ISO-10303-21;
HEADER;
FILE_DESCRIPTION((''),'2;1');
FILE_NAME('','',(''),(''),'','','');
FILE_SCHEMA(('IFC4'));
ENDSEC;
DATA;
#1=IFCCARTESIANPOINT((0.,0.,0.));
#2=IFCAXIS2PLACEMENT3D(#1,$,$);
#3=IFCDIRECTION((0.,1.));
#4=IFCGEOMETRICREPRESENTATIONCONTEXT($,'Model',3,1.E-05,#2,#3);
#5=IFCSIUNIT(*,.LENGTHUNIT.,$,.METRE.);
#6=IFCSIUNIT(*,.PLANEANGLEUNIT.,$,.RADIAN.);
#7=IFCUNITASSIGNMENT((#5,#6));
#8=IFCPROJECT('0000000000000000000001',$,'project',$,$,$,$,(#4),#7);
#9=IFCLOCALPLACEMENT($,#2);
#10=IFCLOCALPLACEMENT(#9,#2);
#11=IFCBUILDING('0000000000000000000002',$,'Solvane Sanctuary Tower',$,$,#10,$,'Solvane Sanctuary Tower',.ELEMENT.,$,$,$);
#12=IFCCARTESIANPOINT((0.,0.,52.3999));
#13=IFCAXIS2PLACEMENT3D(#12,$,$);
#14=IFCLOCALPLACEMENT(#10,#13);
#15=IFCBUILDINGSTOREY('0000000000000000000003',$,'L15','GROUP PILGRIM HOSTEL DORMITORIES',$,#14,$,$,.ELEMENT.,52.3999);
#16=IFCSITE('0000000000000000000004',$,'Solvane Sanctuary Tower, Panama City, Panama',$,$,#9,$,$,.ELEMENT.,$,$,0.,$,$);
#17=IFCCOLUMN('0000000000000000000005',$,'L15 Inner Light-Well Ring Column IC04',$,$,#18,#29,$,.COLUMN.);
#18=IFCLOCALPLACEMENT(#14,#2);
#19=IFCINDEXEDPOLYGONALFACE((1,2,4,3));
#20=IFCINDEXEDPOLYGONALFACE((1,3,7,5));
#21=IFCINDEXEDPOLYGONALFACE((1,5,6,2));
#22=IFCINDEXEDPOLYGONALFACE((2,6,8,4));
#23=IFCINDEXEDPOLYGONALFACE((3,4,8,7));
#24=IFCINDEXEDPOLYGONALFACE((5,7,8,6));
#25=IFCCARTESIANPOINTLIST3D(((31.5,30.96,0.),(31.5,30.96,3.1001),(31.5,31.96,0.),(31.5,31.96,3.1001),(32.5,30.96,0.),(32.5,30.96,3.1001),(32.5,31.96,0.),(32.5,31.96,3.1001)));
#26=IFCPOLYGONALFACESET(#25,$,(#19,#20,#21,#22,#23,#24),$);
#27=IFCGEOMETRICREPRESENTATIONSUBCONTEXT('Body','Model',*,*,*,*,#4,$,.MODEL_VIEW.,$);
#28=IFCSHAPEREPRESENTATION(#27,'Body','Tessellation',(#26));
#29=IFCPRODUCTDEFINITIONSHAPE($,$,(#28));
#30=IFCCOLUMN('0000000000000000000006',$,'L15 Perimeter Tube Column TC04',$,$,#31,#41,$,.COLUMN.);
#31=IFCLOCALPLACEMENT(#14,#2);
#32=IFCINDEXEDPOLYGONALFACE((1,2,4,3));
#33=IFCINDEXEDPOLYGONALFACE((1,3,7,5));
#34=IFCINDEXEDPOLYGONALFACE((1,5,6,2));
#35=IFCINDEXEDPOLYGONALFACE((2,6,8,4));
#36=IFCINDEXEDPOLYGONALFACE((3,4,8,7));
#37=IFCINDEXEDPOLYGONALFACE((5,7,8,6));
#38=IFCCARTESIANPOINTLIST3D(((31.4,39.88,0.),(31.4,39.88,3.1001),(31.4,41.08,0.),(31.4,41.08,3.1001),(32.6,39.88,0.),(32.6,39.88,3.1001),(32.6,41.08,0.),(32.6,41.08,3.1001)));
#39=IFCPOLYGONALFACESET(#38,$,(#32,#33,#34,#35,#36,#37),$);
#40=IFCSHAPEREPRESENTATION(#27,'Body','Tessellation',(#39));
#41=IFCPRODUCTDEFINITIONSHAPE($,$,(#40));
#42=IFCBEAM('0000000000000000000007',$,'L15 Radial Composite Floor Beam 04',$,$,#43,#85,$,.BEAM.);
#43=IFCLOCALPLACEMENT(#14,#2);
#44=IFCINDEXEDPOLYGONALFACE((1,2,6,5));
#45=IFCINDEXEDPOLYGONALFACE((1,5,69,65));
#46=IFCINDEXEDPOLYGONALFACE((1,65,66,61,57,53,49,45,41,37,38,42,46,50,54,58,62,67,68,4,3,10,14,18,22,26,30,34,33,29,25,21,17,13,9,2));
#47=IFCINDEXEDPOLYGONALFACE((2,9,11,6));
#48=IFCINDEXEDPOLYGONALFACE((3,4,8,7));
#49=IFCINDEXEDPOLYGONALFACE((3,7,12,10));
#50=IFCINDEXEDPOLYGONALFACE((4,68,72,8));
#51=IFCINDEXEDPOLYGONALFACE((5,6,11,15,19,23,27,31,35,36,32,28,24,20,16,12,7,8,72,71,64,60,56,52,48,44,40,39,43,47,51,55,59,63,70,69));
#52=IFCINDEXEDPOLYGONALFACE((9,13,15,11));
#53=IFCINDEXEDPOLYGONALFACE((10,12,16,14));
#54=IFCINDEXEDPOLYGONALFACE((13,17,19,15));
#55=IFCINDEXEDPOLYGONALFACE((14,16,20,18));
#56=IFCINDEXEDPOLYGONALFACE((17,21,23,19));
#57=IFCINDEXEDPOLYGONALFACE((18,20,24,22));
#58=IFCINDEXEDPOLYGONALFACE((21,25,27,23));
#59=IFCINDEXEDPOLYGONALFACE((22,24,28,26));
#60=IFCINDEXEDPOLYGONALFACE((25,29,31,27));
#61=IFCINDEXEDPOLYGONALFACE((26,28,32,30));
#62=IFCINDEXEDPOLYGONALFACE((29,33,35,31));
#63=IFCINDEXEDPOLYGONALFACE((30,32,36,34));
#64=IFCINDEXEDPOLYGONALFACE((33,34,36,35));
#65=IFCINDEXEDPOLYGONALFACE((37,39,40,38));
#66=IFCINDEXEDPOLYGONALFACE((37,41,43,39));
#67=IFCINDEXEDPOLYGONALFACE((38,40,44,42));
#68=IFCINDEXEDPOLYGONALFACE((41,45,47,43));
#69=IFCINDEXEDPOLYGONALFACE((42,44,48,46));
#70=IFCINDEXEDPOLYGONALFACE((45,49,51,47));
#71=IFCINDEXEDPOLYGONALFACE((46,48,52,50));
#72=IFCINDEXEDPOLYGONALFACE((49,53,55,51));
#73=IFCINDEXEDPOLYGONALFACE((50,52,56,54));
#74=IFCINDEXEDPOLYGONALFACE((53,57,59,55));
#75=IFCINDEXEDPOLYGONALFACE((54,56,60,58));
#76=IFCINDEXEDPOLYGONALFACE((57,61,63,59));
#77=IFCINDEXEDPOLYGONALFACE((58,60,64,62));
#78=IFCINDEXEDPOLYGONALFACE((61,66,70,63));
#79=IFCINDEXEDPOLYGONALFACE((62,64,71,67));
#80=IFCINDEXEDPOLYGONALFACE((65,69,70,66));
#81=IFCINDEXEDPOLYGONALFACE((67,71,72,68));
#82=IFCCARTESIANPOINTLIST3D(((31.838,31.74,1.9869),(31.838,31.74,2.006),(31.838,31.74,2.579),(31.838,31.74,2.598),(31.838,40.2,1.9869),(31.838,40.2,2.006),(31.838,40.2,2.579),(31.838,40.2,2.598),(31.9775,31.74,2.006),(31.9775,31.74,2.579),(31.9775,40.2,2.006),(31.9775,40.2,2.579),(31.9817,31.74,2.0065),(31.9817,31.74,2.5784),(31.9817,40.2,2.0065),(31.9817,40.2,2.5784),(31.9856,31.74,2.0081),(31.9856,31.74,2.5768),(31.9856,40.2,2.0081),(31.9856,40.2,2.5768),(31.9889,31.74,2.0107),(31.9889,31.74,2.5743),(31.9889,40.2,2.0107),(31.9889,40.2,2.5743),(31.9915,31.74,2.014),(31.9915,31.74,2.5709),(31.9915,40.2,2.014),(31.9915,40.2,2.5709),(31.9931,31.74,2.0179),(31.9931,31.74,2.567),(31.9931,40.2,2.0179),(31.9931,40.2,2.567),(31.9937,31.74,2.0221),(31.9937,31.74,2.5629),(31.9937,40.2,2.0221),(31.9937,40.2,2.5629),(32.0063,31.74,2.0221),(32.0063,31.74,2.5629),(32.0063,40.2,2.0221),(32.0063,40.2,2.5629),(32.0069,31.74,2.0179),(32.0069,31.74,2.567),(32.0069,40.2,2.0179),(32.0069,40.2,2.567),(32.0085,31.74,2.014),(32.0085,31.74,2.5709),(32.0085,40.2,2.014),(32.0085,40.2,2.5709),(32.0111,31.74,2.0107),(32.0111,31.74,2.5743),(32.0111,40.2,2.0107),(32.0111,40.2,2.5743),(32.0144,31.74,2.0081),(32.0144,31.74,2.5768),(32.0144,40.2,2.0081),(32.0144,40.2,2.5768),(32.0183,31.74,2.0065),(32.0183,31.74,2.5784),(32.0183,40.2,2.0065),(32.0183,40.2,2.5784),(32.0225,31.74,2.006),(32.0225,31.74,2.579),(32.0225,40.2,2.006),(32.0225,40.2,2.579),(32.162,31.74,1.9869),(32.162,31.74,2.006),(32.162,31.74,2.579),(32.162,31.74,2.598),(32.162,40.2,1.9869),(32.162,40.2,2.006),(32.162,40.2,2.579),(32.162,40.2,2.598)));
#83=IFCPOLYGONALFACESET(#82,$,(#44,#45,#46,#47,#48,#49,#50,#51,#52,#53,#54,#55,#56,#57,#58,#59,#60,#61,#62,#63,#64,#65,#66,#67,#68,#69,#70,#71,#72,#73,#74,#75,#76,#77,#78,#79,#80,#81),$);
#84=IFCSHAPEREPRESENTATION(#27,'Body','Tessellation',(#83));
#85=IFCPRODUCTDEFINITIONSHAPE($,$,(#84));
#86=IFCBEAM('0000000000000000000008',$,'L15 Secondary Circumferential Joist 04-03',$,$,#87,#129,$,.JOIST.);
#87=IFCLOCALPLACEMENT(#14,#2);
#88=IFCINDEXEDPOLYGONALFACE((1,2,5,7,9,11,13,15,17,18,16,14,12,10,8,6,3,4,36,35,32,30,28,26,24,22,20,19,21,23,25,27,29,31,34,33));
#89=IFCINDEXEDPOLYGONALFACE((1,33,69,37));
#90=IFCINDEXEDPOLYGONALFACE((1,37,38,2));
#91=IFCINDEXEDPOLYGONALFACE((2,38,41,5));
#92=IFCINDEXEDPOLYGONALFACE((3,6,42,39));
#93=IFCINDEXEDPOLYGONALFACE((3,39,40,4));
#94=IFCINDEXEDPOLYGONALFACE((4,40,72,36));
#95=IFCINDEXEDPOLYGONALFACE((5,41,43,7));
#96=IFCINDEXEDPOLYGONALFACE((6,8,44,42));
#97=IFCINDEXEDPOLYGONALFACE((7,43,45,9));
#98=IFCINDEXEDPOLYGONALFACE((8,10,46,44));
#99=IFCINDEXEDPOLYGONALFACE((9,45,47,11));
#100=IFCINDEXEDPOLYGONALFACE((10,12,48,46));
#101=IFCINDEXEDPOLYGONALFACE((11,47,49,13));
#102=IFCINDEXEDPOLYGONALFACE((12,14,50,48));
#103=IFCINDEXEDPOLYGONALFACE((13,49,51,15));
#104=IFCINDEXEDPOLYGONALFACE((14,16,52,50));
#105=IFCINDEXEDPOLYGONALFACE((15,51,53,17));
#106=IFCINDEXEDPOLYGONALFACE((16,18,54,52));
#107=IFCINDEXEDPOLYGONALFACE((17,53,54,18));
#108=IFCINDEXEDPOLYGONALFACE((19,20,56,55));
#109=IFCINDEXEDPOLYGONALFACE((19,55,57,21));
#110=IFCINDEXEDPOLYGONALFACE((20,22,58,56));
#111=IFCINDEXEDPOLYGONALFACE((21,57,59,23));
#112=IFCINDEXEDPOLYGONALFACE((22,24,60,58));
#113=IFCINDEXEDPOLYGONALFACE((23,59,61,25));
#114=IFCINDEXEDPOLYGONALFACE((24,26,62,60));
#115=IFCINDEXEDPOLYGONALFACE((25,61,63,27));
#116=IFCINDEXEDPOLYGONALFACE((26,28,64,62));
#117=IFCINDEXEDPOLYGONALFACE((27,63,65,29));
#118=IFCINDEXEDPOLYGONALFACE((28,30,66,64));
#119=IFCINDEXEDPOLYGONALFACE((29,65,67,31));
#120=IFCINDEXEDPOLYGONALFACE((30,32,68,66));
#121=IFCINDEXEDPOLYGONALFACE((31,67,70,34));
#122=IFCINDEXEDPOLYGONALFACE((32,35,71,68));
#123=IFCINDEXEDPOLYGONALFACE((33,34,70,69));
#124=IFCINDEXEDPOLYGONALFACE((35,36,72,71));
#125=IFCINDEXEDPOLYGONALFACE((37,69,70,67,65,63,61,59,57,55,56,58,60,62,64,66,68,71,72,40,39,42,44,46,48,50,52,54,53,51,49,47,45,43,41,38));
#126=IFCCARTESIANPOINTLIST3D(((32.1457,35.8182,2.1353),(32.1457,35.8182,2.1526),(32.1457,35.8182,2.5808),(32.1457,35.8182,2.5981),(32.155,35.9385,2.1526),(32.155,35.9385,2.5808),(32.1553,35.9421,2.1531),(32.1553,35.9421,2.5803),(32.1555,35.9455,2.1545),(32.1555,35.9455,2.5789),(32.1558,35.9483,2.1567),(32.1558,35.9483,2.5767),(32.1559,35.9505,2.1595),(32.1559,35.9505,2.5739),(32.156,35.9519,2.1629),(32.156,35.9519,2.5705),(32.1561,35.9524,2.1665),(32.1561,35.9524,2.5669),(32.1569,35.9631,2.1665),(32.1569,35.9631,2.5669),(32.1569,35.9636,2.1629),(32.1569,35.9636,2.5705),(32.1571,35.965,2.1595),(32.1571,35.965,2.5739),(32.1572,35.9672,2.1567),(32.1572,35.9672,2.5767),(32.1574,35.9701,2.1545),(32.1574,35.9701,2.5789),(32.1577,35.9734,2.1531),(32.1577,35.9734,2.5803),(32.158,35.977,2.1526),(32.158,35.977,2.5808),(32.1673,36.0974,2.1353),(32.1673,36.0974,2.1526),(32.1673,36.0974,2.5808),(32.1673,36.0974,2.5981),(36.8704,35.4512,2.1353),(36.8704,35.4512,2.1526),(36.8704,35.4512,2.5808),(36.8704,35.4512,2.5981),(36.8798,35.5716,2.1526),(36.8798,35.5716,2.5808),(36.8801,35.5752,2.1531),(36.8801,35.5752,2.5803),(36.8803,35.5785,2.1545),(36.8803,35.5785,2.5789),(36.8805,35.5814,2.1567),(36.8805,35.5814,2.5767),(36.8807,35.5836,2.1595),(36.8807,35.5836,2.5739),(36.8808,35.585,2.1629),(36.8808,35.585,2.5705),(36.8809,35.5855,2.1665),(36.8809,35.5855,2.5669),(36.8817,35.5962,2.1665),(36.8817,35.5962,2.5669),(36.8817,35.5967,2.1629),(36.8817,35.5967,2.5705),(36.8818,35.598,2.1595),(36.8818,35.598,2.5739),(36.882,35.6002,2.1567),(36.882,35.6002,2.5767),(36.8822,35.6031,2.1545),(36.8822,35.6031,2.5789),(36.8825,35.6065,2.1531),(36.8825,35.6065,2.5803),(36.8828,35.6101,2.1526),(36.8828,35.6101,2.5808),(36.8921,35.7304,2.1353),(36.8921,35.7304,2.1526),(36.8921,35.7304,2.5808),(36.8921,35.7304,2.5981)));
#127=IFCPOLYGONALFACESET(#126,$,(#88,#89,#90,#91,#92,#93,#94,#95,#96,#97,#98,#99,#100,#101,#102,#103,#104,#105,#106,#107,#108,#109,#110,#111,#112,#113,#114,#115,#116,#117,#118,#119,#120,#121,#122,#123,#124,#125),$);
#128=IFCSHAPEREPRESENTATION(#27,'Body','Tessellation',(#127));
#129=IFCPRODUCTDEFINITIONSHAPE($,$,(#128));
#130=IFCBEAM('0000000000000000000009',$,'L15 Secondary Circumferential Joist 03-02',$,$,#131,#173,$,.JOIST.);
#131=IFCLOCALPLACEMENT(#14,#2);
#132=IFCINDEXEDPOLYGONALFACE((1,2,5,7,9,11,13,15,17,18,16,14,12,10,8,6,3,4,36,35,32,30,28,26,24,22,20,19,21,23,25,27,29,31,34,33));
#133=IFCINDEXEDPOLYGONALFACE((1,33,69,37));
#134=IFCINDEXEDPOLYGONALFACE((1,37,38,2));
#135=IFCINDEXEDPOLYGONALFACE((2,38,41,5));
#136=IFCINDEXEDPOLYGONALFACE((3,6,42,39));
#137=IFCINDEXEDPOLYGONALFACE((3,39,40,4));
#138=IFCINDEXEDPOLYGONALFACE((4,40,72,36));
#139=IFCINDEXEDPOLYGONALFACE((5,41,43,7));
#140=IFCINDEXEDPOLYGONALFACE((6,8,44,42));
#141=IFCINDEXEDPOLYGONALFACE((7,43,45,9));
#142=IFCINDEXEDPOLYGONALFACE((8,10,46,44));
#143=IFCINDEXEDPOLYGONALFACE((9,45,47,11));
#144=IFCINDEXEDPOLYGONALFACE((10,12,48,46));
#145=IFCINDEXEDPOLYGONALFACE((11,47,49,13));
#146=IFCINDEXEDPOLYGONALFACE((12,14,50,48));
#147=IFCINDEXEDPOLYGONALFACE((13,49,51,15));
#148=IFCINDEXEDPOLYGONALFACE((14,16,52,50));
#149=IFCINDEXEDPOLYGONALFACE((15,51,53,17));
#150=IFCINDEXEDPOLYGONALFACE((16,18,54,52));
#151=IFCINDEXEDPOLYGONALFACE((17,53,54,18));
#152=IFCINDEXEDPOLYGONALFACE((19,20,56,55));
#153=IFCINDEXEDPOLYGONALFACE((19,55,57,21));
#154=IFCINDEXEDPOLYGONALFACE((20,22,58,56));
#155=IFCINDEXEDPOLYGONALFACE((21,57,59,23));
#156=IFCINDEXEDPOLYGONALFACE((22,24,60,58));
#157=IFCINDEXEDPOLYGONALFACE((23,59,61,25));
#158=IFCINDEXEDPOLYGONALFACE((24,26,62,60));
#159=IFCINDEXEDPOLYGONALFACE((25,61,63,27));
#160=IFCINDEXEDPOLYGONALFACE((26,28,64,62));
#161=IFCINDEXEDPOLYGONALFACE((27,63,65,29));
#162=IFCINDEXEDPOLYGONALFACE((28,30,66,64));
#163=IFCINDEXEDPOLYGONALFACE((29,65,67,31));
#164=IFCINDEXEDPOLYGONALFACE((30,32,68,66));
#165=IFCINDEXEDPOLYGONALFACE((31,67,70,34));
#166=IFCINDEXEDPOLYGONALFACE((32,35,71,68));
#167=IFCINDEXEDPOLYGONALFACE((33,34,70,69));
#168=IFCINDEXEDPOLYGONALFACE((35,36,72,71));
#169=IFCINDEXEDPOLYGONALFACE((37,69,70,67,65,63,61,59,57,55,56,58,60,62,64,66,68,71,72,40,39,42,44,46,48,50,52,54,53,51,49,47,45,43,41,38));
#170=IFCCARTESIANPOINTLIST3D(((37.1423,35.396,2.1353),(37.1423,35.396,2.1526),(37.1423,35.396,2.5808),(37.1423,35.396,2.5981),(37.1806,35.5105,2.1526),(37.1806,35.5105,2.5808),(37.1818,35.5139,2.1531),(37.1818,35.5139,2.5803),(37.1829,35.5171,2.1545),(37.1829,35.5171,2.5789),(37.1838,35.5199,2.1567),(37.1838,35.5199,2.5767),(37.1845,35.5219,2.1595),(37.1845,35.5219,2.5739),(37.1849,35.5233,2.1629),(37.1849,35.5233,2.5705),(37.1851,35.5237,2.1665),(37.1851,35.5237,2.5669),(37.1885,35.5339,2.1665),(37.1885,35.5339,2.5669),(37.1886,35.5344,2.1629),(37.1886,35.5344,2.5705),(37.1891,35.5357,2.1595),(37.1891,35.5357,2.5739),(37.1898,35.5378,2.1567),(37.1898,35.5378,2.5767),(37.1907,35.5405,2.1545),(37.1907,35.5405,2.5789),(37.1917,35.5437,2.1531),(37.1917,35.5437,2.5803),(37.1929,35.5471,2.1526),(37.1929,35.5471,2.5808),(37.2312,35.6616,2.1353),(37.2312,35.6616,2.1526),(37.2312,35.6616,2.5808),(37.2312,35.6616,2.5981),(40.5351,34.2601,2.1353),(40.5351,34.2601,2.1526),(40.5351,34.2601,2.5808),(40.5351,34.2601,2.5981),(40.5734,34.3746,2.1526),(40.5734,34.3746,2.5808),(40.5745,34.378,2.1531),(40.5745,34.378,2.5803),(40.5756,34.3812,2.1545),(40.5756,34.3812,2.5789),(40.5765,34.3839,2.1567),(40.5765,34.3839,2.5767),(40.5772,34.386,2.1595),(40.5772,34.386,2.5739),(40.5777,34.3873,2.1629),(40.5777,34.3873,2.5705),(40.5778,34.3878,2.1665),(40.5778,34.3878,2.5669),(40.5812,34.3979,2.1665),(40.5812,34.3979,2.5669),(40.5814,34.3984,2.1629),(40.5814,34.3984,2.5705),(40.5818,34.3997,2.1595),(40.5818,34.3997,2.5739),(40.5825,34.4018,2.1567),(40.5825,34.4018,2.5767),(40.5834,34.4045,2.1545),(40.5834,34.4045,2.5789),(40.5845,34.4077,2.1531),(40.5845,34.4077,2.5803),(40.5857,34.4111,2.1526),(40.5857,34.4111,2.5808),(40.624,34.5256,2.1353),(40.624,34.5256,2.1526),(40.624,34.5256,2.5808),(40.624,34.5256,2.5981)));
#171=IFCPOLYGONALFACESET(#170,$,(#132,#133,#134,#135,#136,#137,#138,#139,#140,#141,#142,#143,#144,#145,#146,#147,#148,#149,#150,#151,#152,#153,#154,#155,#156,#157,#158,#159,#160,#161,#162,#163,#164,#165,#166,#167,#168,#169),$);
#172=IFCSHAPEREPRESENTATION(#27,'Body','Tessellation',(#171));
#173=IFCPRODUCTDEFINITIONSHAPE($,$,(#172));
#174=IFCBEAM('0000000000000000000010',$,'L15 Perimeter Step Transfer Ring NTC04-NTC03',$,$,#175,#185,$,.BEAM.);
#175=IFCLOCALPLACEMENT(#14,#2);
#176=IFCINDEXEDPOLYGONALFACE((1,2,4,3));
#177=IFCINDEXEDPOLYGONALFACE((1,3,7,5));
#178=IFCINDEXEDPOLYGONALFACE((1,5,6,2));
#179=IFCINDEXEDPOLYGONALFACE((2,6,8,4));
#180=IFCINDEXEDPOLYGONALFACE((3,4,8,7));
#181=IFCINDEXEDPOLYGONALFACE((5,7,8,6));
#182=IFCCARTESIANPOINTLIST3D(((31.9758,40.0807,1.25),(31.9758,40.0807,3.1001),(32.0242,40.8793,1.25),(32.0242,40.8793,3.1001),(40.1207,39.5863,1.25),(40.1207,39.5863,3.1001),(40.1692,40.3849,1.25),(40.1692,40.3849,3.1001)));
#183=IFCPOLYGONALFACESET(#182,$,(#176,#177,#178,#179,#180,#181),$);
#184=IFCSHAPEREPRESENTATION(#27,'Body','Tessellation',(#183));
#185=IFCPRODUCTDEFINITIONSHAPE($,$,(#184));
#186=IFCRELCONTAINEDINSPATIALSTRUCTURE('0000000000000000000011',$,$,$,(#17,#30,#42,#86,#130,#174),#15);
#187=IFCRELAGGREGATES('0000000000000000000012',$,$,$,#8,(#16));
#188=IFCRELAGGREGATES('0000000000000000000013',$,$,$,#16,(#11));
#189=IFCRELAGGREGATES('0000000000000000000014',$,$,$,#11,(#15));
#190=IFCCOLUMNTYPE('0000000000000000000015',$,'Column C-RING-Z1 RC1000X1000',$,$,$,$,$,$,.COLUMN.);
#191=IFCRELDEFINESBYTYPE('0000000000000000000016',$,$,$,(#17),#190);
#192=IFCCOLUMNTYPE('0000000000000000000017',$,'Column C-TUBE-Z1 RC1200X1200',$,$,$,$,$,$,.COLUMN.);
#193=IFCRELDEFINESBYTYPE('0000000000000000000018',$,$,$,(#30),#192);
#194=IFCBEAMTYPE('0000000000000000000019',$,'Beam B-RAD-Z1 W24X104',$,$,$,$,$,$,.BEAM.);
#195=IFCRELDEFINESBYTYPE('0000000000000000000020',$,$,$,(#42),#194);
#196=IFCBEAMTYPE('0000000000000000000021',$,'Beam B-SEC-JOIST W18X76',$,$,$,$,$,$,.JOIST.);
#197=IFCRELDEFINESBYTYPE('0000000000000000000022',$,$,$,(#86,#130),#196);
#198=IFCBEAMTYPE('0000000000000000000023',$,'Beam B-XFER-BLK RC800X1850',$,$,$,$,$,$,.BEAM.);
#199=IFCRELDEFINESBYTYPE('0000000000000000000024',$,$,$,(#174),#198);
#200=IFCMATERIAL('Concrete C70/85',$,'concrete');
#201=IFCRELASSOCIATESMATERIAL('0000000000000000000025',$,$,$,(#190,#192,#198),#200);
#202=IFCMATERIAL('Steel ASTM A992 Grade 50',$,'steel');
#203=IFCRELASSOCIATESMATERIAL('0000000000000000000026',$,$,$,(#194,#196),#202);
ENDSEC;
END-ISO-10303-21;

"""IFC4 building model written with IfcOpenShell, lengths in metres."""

from ifc_helpers import new_model, si_unit, direction, frame, origin, origin_2d, place, context, subcontext, project, spatial, rectangle, i_section, extrude, material, material_profile, profile_set, type_object, element, save


model = new_model("IFC4")

# Units and contexts
model_context = context("Model", 3, precision=1e-05, world=origin(), true_north=direction((0.0, 1.0)))
body_context = subcontext(model_context, "Body", "Model", "MODEL_VIEW")
ifc_project = project(units=[si_unit("LENGTHUNIT", "METRE"), si_unit("PLANEANGLEUNIT", "RADIAN")], contexts=[model_context])

# Site, building, storey
site_placement = place(None, origin())
site = spatial("IfcSite", under=ifc_project, at=site_placement, Name="Solvane Sanctuary Tower, Panama City, Panama", CompositionType="ELEMENT", RefElevation=0.0)
building_placement = place(site_placement, origin())
building = spatial("IfcBuilding", under=site, at=building_placement, Name="Solvane Sanctuary Tower", LongName="Solvane Sanctuary Tower", CompositionType="ELEMENT")
storey_placement = place(building_placement, frame((0.0, 0.0, 52.3999)))
storey = spatial("IfcBuildingStorey", under=building, at=storey_placement, Name="L15", Description="GROUP PILGRIM HOSTEL DORMITORIES", CompositionType="ELEMENT", Elevation=52.3999)

# Columns
ifc_material_1 = material(Name="Concrete C70/85", Category="concrete")
ifc_material_profile_1 = material_profile(ifc_material_1, rectangle(XDim=1.0, YDim=1.0, at=origin_2d()), Name="RC1000X1000")
ifc_profile_set_1 = profile_set([ifc_material_profile_1], Name="Concrete C70/85")
column_type_1 = type_object("IfcColumnType", Name="Column C-RING-Z1 RC1000X1000", PredefinedType="COLUMN", material=ifc_profile_set_1)
column_1_placement = place(storey_placement, frame((32.0, 31.46, 0.0), z_axis=(0.0, 0.0, 1.0), x_axis=(1.0, 0.0, 0.0)))
element("IfcColumn", 1, at=column_1_placement, inside=storey, type_object=column_type_1, Name="L15 Inner Light-Well Ring Column IC04", PredefinedType="COLUMN", context=body_context, shape_type="SweptSolid", body=[
    extrude(rectangle(XDim=1.0, YDim=1.0, at=origin_2d()), origin(), (0.0, 0.0, 1.0), 3.1001),
])
ifc_material_profile_2 = material_profile(ifc_material_1, rectangle(XDim=1.2, YDim=1.2, at=origin_2d()), Name="RC1200X1200")
ifc_profile_set_2 = profile_set([ifc_material_profile_2], Name="Concrete C70/85")
column_type_2 = type_object("IfcColumnType", Name="Column C-TUBE-Z1 RC1200X1200", PredefinedType="COLUMN", material=ifc_profile_set_2)
column_2_placement = place(storey_placement, frame((32.0, 40.48, 0.0), z_axis=(0.0, 0.0, 1.0), x_axis=(0.0, 1.0, 0.0)))
element("IfcColumn", 2, at=column_2_placement, inside=storey, type_object=column_type_2, Name="L15 Perimeter Tube Column TC04", PredefinedType="COLUMN", context=body_context, shape_type="SweptSolid", body=[
    extrude(rectangle(XDim=1.2, YDim=1.2, at=origin_2d()), origin(), (0.0, 0.0, 1.0), 3.1001),
])

# Beams
ifc_material_2 = material(Name="Steel ASTM A992 Grade 50", Category="steel")
ifc_material_profile_3 = material_profile(ifc_material_2, i_section(OverallWidth=0.324, OverallDepth=0.6111, WebThickness=0.0127, FlangeThickness=0.019, FilletRadius=0.0161, at=origin_2d()), Name="W24X104")
ifc_profile_set_3 = profile_set([ifc_material_profile_3], Name="Steel ASTM A992 Grade 50")
beam_type_1 = type_object("IfcBeamType", Name="Beam B-RAD-Z1 W24X104", PredefinedType="BEAM", material=ifc_profile_set_3)
beam_1_placement = place(storey_placement, frame((32.0, 31.74, 2.2925), z_axis=(0.0, 1.0, 0.0), x_axis=(-1.0, 0.0, 0.0)))
element("IfcBeam", 3, at=beam_1_placement, inside=storey, type_object=beam_type_1, Name="L15 Radial Composite Floor Beam 04", PredefinedType="BEAM", context=body_context, shape_type="SweptSolid", body=[
    extrude(i_section(OverallWidth=0.324, OverallDepth=0.6111, WebThickness=0.0127, FlangeThickness=0.019, FilletRadius=0.0161, at=origin_2d()), origin(), (0.0, 0.0, 1.0), 8.46),
])
ifc_material_profile_4 = material_profile(ifc_material_2, i_section(OverallWidth=0.28, OverallDepth=0.4629, WebThickness=0.0107, FlangeThickness=0.0173, FilletRadius=0.0139, at=origin_2d()), Name="W18X76")
ifc_profile_set_4 = profile_set([ifc_material_profile_4], Name="Steel ASTM A992 Grade 50")
beam_type_2 = type_object("IfcBeamType", Name="Beam B-SEC-JOIST W18X76", PredefinedType="JOIST", material=ifc_profile_set_4)
beam_2_placement = place(storey_placement, frame((32.1565, 35.9578, 2.3667), z_axis=(0.996998, -0.077429, 0.0), x_axis=(0.077429, 0.996998, 0.0)))
element("IfcBeam", 4, at=beam_2_placement, inside=storey, type_object=beam_type_2, Name="L15 Secondary Circumferential Joist 04-03", PredefinedType="JOIST", context=body_context, shape_type="SweptSolid", body=[
    extrude(i_section(OverallWidth=0.28, OverallDepth=0.4629, WebThickness=0.0107, FlangeThickness=0.0173, FilletRadius=0.0139, at=origin_2d()), origin(), (0.0, 0.0, 1.0), 4.739),
])
beam_3_placement = place(storey_placement, frame((37.1868, 35.5288, 2.3667), z_axis=(0.948259, -0.317497, 0.0), x_axis=(0.317497, 0.948259, 0.0)))
element("IfcBeam", 5, at=beam_3_placement, inside=storey, type_object=beam_type_2, Name="L15 Secondary Circumferential Joist 03-02", PredefinedType="JOIST", context=body_context, shape_type="SweptSolid", body=[
    extrude(i_section(OverallWidth=0.28, OverallDepth=0.4629, WebThickness=0.0107, FlangeThickness=0.0173, FilletRadius=0.0139, at=origin_2d()), origin(), (0.0, 0.0, 1.0), 3.5779),
])
ifc_material_profile_5 = material_profile(ifc_material_1, rectangle(XDim=0.8, YDim=1.8501, at=origin_2d()), Name="RC800X1850")
ifc_profile_set_5 = profile_set([ifc_material_profile_5], Name="Concrete C70/85")
beam_type_3 = type_object("IfcBeamType", Name="Beam B-XFER-BLK RC800X1850", PredefinedType="BEAM", material=ifc_profile_set_5)
beam_4_placement = place(storey_placement, frame((32.0, 40.48, 2.175), z_axis=(0.998163, -0.060586, 0.0), x_axis=(0.060586, 0.998163, 0.0)))
element("IfcBeam", 6, at=beam_4_placement, inside=storey, type_object=beam_type_3, Name="L15 Perimeter Step Transfer Ring NTC04-NTC03", PredefinedType="BEAM", context=body_context, shape_type="SweptSolid", body=[
    extrude(rectangle(XDim=0.8, YDim=1.8501, at=origin_2d()), origin(), (0.0, 0.0, 1.0), 8.1599),
])

save(model, "model.ifc")
